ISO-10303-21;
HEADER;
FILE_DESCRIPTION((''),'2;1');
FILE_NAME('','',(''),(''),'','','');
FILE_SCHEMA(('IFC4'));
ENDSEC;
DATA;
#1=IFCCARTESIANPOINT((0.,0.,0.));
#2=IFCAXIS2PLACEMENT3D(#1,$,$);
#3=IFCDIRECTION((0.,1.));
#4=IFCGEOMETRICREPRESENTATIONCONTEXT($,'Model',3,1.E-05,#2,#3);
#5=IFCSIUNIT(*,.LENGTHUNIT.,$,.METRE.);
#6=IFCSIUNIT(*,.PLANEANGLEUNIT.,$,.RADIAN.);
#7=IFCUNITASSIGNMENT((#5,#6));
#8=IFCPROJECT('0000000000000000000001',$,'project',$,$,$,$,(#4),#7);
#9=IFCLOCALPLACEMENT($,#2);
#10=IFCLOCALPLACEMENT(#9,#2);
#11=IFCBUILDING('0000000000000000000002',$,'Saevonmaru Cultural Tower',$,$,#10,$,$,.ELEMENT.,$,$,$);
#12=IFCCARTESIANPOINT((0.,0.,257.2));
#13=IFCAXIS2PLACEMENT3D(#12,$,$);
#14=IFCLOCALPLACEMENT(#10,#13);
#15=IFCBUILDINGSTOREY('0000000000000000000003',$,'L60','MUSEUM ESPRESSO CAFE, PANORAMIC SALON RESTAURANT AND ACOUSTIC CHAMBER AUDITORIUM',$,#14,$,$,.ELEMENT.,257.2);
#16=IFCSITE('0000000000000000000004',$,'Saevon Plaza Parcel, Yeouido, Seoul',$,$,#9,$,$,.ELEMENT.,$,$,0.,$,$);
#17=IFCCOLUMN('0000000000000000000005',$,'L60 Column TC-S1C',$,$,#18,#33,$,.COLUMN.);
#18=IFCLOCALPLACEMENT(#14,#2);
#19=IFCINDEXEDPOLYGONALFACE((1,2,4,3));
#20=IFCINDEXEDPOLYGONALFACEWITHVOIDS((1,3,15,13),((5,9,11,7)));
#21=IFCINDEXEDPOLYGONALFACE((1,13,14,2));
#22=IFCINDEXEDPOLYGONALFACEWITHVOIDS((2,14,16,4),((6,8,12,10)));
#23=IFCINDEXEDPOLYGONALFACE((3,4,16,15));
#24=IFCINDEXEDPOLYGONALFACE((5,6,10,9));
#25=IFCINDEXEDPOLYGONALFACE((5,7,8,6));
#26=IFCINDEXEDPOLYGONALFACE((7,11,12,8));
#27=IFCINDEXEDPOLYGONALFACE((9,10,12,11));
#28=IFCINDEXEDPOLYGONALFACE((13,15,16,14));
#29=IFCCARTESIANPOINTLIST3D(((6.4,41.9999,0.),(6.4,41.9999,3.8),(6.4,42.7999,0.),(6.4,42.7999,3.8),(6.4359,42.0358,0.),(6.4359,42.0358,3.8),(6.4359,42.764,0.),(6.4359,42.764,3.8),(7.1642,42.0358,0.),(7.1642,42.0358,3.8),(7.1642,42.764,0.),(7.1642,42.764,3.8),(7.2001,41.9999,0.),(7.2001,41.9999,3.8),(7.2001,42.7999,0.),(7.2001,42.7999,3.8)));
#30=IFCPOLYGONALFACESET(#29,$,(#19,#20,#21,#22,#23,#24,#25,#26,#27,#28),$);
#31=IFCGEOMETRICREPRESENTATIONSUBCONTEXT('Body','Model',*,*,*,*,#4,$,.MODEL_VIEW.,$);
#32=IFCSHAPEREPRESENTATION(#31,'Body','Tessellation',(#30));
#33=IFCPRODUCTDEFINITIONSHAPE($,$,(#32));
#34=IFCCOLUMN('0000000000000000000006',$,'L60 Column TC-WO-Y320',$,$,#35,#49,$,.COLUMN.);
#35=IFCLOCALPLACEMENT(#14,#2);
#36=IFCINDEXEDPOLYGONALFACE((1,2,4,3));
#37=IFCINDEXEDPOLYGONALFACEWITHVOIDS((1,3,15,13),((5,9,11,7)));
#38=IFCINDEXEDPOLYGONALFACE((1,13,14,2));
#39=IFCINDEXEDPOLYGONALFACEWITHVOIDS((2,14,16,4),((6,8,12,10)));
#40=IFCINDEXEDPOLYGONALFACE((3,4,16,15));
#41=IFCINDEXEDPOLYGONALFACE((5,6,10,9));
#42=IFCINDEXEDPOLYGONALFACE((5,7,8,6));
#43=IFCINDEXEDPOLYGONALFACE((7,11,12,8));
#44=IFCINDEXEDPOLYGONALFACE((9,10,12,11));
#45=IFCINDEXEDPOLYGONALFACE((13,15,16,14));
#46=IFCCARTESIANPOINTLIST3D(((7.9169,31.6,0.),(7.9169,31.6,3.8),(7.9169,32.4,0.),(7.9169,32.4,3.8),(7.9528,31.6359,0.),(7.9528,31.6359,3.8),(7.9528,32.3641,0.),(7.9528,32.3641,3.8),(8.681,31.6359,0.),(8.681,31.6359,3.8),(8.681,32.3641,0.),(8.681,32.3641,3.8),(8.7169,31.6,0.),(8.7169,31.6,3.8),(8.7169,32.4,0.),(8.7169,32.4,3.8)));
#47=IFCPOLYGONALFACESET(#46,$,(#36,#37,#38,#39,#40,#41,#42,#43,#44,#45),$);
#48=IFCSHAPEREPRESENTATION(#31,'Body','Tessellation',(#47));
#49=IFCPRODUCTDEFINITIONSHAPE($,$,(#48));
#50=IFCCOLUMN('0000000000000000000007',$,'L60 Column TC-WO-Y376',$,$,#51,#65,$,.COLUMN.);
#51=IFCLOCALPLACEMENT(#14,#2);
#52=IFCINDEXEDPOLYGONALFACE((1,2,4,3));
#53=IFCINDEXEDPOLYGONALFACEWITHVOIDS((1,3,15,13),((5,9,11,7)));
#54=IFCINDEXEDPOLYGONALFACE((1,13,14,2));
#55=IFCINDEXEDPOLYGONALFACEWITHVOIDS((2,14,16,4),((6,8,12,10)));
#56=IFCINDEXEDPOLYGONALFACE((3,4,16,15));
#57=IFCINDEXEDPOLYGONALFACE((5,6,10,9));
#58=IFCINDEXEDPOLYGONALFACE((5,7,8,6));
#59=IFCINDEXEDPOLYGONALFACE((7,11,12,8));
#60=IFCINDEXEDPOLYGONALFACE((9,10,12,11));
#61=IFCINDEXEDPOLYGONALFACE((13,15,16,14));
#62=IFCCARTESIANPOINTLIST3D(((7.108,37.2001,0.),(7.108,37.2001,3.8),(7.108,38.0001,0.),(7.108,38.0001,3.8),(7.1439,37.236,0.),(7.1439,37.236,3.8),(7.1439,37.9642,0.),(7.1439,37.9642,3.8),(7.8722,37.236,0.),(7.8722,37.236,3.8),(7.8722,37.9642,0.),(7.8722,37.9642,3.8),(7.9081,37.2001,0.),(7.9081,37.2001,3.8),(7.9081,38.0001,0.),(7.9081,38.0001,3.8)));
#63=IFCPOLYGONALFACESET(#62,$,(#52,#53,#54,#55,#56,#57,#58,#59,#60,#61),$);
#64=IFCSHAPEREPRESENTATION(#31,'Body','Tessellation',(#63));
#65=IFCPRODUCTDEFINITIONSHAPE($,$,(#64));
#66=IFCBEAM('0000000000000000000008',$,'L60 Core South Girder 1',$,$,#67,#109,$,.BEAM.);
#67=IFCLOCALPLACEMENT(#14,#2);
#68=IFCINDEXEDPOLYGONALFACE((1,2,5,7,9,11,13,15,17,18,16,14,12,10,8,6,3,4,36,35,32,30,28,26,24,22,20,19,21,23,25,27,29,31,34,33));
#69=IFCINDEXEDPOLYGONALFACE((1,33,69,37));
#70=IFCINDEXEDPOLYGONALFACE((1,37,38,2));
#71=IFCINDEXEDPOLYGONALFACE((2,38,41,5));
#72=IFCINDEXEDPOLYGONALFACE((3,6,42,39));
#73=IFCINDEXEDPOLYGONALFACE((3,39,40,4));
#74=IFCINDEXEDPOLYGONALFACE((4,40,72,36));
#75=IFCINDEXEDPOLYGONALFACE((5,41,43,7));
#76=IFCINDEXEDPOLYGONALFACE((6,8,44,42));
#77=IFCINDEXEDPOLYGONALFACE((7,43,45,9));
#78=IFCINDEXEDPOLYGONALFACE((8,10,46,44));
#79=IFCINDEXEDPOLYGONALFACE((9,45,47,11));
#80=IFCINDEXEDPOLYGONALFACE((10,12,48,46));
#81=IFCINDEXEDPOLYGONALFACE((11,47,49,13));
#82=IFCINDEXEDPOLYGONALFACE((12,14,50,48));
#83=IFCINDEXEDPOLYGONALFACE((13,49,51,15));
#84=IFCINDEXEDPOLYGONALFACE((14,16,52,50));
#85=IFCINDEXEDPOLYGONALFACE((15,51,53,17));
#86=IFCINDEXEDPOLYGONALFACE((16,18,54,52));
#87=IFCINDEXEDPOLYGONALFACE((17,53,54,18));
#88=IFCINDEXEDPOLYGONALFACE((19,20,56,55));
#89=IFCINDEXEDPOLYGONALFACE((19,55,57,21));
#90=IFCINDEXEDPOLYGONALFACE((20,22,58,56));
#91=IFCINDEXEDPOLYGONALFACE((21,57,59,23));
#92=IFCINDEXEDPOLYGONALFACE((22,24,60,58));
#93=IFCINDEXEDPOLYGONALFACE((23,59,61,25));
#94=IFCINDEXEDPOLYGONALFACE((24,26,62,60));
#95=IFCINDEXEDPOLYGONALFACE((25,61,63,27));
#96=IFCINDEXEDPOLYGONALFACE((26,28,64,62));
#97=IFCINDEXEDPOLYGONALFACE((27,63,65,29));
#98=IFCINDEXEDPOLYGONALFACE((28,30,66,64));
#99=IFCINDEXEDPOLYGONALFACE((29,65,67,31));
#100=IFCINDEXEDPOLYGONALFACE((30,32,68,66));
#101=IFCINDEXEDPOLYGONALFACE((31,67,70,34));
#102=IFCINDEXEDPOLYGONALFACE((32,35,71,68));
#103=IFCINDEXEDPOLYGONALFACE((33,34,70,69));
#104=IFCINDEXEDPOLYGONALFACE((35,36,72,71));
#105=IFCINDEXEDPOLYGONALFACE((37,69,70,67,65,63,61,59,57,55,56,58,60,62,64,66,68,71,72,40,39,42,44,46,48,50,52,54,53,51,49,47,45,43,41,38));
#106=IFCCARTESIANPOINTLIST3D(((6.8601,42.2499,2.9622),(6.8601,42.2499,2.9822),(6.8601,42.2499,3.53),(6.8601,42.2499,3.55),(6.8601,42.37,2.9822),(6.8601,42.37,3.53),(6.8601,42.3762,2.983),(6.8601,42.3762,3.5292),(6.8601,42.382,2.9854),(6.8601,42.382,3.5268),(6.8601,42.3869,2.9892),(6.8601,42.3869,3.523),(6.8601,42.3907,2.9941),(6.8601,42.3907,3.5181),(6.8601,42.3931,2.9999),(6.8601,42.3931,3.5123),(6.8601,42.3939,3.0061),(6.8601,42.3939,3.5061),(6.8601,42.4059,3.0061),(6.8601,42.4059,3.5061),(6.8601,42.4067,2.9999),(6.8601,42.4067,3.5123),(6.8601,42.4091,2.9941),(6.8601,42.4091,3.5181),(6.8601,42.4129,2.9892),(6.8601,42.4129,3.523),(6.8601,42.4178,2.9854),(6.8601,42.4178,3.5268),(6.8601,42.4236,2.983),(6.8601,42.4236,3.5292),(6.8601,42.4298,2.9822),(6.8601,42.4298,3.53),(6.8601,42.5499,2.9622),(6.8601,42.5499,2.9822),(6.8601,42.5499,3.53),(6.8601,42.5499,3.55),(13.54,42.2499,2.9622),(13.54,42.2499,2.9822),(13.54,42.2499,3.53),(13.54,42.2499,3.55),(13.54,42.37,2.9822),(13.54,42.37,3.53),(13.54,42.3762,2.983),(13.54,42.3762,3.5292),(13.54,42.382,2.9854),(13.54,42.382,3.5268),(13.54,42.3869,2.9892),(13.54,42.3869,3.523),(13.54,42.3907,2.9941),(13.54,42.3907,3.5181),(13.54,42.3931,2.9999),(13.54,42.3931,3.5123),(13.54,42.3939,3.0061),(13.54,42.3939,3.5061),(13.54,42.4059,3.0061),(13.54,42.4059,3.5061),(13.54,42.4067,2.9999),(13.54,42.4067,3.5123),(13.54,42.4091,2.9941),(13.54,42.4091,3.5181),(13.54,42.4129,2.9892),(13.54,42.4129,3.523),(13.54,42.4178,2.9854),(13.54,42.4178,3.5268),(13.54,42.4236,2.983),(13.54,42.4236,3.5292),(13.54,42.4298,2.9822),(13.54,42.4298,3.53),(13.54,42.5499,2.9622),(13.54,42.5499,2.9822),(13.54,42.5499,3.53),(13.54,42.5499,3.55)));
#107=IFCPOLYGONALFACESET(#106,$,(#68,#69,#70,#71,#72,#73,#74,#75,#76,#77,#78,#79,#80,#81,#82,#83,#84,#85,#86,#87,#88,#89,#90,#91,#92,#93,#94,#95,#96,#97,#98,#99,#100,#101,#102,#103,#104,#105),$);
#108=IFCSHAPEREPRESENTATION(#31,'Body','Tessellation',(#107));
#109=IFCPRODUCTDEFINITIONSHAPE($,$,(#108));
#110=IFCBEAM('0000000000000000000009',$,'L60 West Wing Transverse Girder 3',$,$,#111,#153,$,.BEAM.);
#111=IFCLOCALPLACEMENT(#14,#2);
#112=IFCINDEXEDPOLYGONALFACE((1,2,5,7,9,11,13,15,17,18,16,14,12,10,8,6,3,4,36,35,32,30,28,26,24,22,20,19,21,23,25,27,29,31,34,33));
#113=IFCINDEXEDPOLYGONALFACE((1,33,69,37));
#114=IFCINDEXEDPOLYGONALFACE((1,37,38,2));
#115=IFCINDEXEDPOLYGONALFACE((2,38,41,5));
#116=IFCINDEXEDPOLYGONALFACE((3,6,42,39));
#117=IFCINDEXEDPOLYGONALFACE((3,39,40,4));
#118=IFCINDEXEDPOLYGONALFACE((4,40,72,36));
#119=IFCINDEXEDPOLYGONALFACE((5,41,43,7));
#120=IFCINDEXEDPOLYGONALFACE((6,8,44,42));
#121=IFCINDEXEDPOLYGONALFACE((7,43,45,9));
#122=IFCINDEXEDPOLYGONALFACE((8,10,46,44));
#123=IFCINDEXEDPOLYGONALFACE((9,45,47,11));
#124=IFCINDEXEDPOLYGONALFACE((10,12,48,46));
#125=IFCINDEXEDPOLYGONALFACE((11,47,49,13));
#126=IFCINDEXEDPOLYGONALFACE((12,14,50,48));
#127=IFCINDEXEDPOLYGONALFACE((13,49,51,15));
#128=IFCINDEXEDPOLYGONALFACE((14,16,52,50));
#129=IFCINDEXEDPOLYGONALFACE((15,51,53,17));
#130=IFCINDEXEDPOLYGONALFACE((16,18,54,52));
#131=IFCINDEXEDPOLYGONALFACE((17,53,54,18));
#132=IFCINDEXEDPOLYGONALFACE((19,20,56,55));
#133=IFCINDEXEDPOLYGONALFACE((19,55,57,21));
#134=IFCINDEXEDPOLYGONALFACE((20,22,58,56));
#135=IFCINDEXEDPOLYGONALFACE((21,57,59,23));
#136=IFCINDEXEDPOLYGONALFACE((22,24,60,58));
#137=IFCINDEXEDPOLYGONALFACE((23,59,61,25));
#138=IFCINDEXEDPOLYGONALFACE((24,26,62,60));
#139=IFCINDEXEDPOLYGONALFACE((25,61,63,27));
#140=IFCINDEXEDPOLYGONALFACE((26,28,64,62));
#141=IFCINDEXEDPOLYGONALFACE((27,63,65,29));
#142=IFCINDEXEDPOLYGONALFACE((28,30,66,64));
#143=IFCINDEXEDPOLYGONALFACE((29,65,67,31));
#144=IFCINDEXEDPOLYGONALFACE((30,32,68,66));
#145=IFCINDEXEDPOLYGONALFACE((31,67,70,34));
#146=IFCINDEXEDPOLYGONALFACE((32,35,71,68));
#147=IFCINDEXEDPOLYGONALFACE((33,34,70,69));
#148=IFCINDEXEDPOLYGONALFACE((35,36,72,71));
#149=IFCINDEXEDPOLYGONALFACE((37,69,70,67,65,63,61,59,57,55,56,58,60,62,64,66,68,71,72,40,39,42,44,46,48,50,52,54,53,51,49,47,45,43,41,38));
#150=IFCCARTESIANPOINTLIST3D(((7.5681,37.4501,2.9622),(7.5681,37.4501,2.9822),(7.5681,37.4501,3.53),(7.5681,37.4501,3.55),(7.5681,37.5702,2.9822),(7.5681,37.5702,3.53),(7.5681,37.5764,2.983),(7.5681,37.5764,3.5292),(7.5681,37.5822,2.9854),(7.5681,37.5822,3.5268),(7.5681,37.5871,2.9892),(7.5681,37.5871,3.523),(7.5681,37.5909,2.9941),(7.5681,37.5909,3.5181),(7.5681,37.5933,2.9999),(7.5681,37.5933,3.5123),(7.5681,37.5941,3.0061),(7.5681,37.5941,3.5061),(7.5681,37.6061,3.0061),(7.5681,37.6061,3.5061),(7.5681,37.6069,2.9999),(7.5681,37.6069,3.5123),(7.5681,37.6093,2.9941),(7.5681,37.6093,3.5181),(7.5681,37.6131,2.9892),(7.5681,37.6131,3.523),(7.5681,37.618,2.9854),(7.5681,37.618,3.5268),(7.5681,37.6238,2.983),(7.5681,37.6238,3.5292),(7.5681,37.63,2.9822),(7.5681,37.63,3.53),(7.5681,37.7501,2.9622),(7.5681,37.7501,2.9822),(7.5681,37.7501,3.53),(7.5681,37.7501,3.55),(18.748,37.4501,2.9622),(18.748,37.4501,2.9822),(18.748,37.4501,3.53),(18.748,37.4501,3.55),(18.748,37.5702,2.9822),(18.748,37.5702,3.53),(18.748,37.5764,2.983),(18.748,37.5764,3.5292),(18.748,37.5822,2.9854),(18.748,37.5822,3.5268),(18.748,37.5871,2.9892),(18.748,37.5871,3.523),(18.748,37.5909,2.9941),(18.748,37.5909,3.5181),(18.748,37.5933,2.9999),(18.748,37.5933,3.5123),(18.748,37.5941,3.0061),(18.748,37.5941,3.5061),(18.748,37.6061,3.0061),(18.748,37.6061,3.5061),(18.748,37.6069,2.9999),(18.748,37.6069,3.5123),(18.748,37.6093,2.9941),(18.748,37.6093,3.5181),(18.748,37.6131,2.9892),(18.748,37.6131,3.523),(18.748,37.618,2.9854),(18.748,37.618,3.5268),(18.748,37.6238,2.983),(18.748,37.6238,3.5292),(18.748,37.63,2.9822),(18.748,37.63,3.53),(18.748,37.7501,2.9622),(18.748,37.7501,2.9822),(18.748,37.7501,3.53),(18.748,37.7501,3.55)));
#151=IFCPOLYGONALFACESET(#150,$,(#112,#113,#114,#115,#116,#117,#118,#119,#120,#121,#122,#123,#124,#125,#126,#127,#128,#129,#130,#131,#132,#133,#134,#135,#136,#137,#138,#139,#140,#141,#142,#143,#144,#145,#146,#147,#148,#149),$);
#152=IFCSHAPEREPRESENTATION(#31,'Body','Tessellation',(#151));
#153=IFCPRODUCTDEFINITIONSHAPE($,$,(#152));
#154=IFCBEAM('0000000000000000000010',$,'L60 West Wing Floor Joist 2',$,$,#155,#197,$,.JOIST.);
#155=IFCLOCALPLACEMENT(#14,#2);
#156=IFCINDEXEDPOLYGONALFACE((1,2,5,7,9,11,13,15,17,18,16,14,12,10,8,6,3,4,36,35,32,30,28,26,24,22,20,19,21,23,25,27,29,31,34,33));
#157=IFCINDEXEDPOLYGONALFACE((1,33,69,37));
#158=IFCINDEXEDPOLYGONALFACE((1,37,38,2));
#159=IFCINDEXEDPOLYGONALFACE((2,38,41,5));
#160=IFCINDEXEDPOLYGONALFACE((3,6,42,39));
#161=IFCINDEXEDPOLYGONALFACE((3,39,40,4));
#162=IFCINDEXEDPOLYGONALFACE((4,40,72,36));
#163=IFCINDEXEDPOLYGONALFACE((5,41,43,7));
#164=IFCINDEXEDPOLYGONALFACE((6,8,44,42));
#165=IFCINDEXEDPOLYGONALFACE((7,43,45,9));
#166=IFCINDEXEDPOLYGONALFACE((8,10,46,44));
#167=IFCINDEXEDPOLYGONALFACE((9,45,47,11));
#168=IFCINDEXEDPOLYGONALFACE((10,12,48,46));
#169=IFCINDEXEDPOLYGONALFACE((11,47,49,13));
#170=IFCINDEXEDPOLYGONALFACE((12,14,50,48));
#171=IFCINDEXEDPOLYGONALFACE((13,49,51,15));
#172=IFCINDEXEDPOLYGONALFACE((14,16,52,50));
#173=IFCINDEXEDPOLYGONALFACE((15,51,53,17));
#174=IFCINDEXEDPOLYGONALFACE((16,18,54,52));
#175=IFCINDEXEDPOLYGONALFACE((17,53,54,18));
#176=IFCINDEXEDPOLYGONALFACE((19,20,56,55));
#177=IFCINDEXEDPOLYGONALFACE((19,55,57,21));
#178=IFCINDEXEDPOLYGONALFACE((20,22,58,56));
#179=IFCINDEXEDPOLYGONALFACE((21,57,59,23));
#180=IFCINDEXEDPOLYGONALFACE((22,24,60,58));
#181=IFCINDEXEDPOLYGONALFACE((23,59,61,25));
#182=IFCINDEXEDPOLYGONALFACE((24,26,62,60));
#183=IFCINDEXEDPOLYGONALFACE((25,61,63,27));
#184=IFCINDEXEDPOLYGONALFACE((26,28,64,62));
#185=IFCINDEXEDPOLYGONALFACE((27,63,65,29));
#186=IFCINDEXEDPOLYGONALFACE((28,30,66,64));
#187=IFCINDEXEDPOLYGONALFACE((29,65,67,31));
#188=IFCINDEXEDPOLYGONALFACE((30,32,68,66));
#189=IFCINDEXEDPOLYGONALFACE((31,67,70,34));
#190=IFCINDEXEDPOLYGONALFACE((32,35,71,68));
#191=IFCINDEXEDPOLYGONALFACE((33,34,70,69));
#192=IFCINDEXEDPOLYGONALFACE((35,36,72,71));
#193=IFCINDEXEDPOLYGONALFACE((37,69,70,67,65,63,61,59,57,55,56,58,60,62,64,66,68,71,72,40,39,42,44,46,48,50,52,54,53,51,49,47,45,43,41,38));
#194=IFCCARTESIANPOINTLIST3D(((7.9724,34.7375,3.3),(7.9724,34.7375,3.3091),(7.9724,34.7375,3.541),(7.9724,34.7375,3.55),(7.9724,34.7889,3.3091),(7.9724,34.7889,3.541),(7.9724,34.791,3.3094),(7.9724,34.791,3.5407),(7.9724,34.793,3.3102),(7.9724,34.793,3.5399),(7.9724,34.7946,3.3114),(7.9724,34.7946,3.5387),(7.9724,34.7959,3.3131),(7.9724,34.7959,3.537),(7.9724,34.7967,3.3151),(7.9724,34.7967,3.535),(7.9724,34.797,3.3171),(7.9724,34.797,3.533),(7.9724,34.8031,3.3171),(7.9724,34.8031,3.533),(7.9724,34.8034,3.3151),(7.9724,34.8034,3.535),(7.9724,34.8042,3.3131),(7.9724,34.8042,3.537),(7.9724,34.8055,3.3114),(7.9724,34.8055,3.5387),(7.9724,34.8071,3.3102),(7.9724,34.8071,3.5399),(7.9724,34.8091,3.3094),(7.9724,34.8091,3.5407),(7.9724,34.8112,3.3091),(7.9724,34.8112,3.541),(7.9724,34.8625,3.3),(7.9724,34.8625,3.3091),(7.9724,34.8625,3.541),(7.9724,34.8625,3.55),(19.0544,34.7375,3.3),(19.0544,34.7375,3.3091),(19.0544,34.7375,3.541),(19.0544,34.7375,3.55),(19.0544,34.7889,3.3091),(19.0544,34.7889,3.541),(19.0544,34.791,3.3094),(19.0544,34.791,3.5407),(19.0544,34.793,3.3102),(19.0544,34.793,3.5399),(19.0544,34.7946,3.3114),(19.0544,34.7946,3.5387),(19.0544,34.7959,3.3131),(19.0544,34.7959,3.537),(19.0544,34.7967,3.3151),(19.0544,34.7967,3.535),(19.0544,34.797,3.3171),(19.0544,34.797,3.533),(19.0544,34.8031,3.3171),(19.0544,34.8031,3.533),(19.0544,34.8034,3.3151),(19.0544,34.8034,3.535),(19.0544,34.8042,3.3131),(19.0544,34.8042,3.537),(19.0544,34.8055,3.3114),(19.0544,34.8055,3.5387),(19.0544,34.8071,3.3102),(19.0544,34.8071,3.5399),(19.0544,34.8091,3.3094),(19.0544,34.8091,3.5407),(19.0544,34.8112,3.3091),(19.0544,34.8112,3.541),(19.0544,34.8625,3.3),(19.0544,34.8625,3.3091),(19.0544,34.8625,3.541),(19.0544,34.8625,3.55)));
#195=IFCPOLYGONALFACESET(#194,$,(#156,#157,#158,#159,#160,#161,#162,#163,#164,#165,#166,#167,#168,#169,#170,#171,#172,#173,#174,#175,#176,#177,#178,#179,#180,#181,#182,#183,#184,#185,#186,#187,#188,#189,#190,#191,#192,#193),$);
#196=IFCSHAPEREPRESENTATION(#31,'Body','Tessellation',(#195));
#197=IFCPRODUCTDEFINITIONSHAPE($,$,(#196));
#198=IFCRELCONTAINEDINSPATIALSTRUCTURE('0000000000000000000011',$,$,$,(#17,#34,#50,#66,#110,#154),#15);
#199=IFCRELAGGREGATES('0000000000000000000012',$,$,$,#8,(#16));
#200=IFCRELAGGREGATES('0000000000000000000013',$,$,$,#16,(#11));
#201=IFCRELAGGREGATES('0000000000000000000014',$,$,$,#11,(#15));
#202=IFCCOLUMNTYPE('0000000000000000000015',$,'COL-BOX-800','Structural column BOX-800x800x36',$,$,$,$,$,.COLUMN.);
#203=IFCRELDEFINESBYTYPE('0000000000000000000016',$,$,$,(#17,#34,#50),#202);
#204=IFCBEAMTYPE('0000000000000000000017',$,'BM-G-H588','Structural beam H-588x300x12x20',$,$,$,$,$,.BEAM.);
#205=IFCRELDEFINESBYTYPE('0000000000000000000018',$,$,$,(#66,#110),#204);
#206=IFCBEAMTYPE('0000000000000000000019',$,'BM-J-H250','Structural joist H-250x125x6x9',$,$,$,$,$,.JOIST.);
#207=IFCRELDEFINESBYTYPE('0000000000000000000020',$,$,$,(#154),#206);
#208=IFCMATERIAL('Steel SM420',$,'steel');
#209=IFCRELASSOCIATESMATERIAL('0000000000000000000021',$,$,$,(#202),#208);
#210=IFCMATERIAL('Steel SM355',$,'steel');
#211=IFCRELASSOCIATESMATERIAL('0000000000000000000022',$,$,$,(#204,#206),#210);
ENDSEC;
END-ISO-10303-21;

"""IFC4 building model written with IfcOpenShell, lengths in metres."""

from ifc_helpers import new_model, si_unit, direction, frame, origin, origin_2d, place, context, subcontext, project, spatial, hollow_rectangle, i_section, extrude, material, material_profile, profile_set, type_object, element, save


model = new_model("IFC4")

# Units and contexts
model_context = context("Model", 3, precision=1e-05, world=origin(), true_north=direction((0.0, 1.0)))
body_context = subcontext(model_context, "Body", "Model", "MODEL_VIEW")
ifc_project = project(units=[si_unit("LENGTHUNIT", "METRE"), si_unit("PLANEANGLEUNIT", "RADIAN")], contexts=[model_context])

# Site, building, storey
site_placement = place(None, origin())
site = spatial("IfcSite", under=ifc_project, at=site_placement, Name="Saevon Plaza Parcel, Yeouido, Seoul", CompositionType="ELEMENT", RefElevation=0.0)
building_placement = place(site_placement, origin())
building = spatial("IfcBuilding", under=site, at=building_placement, Name="Saevonmaru Cultural Tower", CompositionType="ELEMENT")
storey_placement = place(building_placement, frame((0.0, 0.0, 257.2)))
storey = spatial("IfcBuildingStorey", under=building, at=storey_placement, Name="L60", Description="MUSEUM ESPRESSO CAFE, PANORAMIC SALON RESTAURANT AND ACOUSTIC CHAMBER AUDITORIUM", CompositionType="ELEMENT", Elevation=257.2)

# Columns
ifc_material_1 = material(Name="Steel SM420", Category="steel")
ifc_material_profile_1 = material_profile(ifc_material_1, hollow_rectangle(XDim=0.8, YDim=0.8, WallThickness=0.0359, at=origin_2d()), Name="BOX-800x800x36")
ifc_profile_set_1 = profile_set([ifc_material_profile_1], Name="Steel SM420")
column_type = type_object("IfcColumnType", Name="COL-BOX-800", Description="Structural column BOX-800x800x36", PredefinedType="COLUMN", material=ifc_profile_set_1)
for number, where, z_axis, x_axis, name in (
    (1, (6.8, 42.3999, 0.0), (0.0, 0.0, 1.0), (1.0, 0.0, 0.0), "L60 Column TC-S1C"),
    (2, (8.3169, 32.0, 0.0), (0.0, 0.0, 1.0), (1.0, 0.0, 0.0), "L60 Column TC-WO-Y320"),
    (3, (7.5081, 37.6001, 0.0), (0.0, 0.0, 1.0), (1.0, 0.0, 0.0), "L60 Column TC-WO-Y376"),
):
    element("IfcColumn", number, at=place(storey_placement, frame(where, z_axis=z_axis, x_axis=x_axis)), inside=storey, type_object=column_type, Name=name, PredefinedType="COLUMN", context=body_context, shape_type="SweptSolid", body=[
        extrude(hollow_rectangle(XDim=0.8, YDim=0.8, WallThickness=0.0359, at=origin_2d()), origin(), (0.0, 0.0, 1.0), 3.8),
    ])

# Beams
ifc_material_2 = material(Name="Steel SM355", Category="steel")
ifc_material_profile_2 = material_profile(ifc_material_2, i_section(OverallWidth=0.3, OverallDepth=0.5879, WebThickness=0.012, FlangeThickness=0.02, FilletRadius=0.0239, at=origin_2d()), Name="H-588x300x12x20")
ifc_profile_set_2 = profile_set([ifc_material_profile_2], Name="Steel SM355")
beam_type_1 = type_object("IfcBeamType", Name="BM-G-H588", Description="Structural beam H-588x300x12x20", PredefinedType="BEAM", material=ifc_profile_set_2)
beam_1_placement = place(storey_placement, frame((6.8601, 42.3999, 3.2561), z_axis=(1.0, 0.0, 0.0), x_axis=(0.0, 1.0, 0.0)))
element("IfcBeam", 4, at=beam_1_placement, inside=storey, type_object=beam_type_1, Name="L60 Core South Girder 1", PredefinedType="BEAM", context=body_context, shape_type="SweptSolid", body=[
    extrude(i_section(OverallWidth=0.3, OverallDepth=0.5879, WebThickness=0.012, FlangeThickness=0.02, FilletRadius=0.0239, at=origin_2d()), origin(), (0.0, 0.0, 1.0), 6.6799),
])
beam_2_placement = place(storey_placement, frame((7.5681, 37.6001, 3.2561), z_axis=(1.0, 0.0, 0.0), x_axis=(0.0, 1.0, 0.0)))
element("IfcBeam", 5, at=beam_2_placement, inside=storey, type_object=beam_type_1, Name="L60 West Wing Transverse Girder 3", PredefinedType="BEAM", context=body_context, shape_type="SweptSolid", body=[
    extrude(i_section(OverallWidth=0.3, OverallDepth=0.5879, WebThickness=0.012, FlangeThickness=0.02, FilletRadius=0.0239, at=origin_2d()), origin(), (0.0, 0.0, 1.0), 11.1799),
])
ifc_material_profile_3 = material_profile(ifc_material_2, i_section(OverallWidth=0.125, OverallDepth=0.25, WebThickness=0.0061, FlangeThickness=0.009, FilletRadius=0.0081, at=origin_2d()), Name="H-250x125x6x9")
ifc_profile_set_3 = profile_set([ifc_material_profile_3], Name="Steel SM355")
beam_type_2 = type_object("IfcBeamType", Name="BM-J-H250", Description="Structural joist H-250x125x6x9", PredefinedType="JOIST", material=ifc_profile_set_3)
beam_3_placement = place(storey_placement, frame((7.9724, 34.8, 3.425), z_axis=(1.0, 0.0, 0.0), x_axis=(0.0, 1.0, 0.0)))
element("IfcBeam", 6, at=beam_3_placement, inside=storey, type_object=beam_type_2, Name="L60 West Wing Floor Joist 2", PredefinedType="JOIST", context=body_context, shape_type="SweptSolid", body=[
    extrude(i_section(OverallWidth=0.125, OverallDepth=0.25, WebThickness=0.0061, FlangeThickness=0.009, FilletRadius=0.0081, at=origin_2d()), origin(), (0.0, 0.0, 1.0), 11.082),
])

save(model, "model.ifc")
